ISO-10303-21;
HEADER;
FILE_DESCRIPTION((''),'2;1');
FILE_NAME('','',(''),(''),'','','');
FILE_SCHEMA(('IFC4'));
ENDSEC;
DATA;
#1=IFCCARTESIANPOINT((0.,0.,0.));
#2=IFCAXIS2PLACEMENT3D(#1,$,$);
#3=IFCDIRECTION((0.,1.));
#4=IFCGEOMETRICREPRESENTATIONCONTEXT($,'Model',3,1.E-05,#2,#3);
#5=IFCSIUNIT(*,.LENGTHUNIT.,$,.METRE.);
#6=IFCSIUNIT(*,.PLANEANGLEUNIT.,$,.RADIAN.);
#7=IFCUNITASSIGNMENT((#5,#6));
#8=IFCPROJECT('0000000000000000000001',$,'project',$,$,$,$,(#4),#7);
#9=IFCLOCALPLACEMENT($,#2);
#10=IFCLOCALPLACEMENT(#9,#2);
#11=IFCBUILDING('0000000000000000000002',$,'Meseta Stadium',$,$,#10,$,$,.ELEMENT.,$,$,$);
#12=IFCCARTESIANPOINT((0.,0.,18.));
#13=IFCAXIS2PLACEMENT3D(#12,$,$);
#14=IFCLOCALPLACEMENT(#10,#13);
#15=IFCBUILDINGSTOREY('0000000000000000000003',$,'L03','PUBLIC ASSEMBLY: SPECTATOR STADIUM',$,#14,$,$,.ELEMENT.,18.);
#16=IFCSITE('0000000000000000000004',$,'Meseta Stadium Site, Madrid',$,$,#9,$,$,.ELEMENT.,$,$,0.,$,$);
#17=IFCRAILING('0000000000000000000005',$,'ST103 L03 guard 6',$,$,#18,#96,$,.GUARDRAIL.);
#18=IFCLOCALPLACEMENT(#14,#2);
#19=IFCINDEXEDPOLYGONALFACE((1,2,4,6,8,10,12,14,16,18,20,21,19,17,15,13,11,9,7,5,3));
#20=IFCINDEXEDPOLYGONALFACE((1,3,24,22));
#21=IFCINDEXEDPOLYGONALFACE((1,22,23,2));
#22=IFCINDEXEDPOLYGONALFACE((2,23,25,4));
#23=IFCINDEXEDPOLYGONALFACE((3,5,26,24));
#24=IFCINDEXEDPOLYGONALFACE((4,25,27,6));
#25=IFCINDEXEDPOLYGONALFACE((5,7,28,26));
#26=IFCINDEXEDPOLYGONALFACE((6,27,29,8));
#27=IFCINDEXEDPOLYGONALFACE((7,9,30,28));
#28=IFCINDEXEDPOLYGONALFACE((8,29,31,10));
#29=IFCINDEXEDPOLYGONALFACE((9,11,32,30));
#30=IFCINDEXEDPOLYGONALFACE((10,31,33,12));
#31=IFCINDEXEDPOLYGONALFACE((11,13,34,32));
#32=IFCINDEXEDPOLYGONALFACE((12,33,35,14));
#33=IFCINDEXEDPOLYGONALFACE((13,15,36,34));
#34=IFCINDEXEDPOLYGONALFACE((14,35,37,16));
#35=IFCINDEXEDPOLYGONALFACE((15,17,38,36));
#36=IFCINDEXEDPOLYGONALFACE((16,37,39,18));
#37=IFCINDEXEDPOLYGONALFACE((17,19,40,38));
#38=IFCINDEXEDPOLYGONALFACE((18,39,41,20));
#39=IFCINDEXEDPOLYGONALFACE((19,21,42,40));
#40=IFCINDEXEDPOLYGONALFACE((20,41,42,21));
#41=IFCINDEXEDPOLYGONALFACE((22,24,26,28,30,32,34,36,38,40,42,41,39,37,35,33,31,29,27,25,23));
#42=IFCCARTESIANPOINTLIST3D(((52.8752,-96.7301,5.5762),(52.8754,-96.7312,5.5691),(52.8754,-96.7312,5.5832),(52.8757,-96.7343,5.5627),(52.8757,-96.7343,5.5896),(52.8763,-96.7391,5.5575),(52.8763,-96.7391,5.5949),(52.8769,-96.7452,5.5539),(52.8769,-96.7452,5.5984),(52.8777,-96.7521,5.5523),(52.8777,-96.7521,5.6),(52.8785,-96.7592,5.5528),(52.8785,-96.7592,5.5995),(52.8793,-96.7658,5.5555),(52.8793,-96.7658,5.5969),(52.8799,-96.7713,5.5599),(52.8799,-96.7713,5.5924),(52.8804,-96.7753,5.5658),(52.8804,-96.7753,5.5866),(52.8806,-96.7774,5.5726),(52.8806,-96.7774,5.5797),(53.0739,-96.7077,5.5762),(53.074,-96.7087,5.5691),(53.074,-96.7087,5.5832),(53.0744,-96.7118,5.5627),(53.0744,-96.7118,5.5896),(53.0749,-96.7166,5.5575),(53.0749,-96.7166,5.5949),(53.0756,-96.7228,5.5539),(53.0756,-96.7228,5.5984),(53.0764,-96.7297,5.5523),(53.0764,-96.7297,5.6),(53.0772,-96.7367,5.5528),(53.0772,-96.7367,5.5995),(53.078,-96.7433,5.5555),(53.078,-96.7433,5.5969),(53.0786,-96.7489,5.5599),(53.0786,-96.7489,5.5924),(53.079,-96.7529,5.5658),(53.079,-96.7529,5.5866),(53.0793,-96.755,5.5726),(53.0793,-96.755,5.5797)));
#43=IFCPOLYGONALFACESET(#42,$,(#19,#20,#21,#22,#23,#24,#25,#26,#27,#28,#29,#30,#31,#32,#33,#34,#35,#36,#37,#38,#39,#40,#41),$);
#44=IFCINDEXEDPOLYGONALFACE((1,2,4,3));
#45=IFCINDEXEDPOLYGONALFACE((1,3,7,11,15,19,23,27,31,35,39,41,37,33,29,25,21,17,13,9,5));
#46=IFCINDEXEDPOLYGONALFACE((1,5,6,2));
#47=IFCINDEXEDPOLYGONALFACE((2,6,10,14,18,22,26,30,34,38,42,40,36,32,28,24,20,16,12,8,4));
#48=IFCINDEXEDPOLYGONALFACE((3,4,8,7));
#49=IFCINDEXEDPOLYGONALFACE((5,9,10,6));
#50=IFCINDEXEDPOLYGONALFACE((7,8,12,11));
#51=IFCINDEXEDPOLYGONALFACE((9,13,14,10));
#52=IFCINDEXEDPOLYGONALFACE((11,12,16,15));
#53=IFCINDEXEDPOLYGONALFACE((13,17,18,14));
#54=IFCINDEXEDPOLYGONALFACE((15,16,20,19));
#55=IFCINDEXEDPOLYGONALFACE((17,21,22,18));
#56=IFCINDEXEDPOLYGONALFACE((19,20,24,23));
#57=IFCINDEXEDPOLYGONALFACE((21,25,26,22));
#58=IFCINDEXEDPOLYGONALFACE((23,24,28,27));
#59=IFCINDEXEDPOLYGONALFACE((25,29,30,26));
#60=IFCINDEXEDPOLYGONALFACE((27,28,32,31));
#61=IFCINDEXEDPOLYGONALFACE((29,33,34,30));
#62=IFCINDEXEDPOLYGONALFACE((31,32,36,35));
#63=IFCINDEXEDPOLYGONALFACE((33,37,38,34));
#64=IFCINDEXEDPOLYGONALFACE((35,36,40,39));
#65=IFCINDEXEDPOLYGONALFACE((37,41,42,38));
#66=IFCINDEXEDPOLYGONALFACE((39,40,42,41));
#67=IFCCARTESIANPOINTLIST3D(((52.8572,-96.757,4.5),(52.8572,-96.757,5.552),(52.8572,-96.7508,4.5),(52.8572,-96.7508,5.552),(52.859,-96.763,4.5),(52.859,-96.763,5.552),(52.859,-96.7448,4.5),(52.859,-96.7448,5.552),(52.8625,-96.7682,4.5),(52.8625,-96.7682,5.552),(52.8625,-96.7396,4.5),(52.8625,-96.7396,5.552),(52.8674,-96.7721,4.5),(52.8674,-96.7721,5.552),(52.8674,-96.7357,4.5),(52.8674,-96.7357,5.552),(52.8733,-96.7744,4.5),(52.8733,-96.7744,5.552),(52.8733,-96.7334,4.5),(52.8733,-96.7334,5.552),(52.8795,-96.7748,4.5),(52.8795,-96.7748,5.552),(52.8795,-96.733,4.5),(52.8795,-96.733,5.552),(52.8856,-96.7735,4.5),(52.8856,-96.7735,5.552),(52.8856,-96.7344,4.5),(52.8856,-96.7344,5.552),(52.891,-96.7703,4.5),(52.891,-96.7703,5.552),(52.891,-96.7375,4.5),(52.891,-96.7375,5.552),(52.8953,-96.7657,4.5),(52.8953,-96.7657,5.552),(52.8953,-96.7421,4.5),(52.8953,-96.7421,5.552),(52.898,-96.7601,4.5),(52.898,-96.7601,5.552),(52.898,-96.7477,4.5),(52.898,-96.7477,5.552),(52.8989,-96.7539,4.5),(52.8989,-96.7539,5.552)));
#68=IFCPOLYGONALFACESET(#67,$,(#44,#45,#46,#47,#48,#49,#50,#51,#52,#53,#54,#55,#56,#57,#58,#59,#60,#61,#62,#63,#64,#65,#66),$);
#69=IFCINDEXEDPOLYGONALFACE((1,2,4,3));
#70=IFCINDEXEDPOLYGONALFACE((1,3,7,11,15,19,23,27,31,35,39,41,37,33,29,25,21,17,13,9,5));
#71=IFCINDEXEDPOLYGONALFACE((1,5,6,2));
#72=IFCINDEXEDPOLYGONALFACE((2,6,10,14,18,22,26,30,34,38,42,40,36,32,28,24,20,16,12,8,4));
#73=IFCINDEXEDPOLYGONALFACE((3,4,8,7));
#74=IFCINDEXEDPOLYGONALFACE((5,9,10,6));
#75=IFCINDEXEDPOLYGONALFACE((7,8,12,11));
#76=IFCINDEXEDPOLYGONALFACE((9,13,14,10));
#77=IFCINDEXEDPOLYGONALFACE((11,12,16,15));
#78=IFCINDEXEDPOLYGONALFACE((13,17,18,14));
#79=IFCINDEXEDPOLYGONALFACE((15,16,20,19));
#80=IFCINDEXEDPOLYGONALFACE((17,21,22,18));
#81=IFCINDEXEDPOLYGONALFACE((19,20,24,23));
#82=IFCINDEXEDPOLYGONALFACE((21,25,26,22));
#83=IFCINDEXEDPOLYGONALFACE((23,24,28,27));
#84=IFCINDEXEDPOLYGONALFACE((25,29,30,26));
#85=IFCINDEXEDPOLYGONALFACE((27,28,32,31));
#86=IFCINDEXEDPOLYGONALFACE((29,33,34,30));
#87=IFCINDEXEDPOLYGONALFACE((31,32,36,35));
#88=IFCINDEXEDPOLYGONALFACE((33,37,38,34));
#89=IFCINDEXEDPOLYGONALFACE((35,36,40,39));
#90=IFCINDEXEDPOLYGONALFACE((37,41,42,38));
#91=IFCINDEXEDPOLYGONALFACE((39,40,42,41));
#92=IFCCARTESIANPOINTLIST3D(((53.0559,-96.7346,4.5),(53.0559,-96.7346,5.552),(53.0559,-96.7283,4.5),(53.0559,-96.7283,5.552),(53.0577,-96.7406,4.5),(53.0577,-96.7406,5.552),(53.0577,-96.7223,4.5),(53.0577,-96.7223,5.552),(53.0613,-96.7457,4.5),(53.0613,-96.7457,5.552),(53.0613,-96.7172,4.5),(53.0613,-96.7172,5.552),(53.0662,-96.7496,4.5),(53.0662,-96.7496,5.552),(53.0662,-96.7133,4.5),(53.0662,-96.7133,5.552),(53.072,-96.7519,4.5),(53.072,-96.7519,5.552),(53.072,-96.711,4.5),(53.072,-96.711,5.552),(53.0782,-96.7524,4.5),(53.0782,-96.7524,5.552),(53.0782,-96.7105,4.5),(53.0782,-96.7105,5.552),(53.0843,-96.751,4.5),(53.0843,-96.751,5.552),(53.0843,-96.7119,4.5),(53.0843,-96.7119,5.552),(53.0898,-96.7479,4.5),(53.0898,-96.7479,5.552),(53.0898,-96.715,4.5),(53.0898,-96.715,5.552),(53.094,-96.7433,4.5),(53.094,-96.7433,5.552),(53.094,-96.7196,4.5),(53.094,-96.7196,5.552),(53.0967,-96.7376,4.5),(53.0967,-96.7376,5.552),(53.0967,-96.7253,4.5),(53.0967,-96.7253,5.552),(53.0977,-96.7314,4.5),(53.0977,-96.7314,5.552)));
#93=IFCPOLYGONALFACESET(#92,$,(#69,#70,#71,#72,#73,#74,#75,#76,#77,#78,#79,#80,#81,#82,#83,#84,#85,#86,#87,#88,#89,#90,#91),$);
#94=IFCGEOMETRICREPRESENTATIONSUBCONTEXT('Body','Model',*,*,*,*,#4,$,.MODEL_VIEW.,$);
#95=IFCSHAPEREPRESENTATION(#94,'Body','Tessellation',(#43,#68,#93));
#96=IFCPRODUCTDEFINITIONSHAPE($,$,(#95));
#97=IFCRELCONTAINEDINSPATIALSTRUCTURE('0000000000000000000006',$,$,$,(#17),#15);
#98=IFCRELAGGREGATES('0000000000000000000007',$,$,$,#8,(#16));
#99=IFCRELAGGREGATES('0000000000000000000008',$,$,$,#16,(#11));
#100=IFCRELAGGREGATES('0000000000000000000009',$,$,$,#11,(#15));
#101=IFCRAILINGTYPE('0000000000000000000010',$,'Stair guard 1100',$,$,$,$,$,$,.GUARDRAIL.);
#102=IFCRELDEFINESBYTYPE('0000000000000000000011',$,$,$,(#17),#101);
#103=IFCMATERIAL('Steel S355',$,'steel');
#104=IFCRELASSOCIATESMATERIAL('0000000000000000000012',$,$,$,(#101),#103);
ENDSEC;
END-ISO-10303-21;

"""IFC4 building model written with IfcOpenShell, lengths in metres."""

from ifc_helpers import new_model, si_unit, direction, frame, origin, origin_2d, place, context, subcontext, project, spatial, circle, extrude, material, type_object, element, save


model = new_model("IFC4")

# Units and contexts
model_context = context("Model", 3, precision=1e-05, world=origin(), true_north=direction((0.0, 1.0)))
body_context = subcontext(model_context, "Body", "Model", "MODEL_VIEW")
ifc_project = project(units=[si_unit("LENGTHUNIT", "METRE"), si_unit("PLANEANGLEUNIT", "RADIAN")], contexts=[model_context])

# Site, building, storey
site_placement = place(None, origin())
site = spatial("IfcSite", under=ifc_project, at=site_placement, Name="Meseta Stadium Site, Madrid", CompositionType="ELEMENT", RefElevation=0.0)
building_placement = place(site_placement, origin())
building = spatial("IfcBuilding", under=site, at=building_placement, Name="Meseta Stadium", CompositionType="ELEMENT")
storey_placement = place(building_placement, frame((0.0, 0.0, 18.0)))
storey = spatial("IfcBuildingStorey", under=building, at=storey_placement, Name="L03", Description="PUBLIC ASSEMBLY: SPECTATOR STADIUM", CompositionType="ELEMENT", Elevation=18.0)

# Railing
ifc_material_1 = material(Name="Steel S355", Category="steel")
railing_type_1 = type_object("IfcRailingType", Name="Stair guard 1100", PredefinedType="GUARDRAIL", material=ifc_material_1)
railing_1_placement = place(storey_placement, frame((52.8779, -96.7539, 4.5)))
element("IfcRailing", 1, at=railing_1_placement, inside=storey, type_object=railing_type_1, Name="ST103 L03 guard 6", PredefinedType="GUARDRAIL", context=body_context, shape_type="SweptSolid", body=[
    extrude(circle(Radius=0.0239, at=origin_2d()), frame((0.0, 0.0, 1.0762), z_axis=(0.993674, 0.112307, 0.0), x_axis=(-0.112307, 0.993674, 0.0)), (0.0, 0.0, 1.0), 0.2),
    extrude(circle(Radius=0.021, at=origin_2d()), origin(), (0.0, 0.0, 1.0), 1.052),
    extrude(circle(Radius=0.021, at=origin_2d()), frame((0.1987, 0.0225, 0.0)), (0.0, 0.0, 1.0), 1.052),
])

save(model, "model.ifc")
